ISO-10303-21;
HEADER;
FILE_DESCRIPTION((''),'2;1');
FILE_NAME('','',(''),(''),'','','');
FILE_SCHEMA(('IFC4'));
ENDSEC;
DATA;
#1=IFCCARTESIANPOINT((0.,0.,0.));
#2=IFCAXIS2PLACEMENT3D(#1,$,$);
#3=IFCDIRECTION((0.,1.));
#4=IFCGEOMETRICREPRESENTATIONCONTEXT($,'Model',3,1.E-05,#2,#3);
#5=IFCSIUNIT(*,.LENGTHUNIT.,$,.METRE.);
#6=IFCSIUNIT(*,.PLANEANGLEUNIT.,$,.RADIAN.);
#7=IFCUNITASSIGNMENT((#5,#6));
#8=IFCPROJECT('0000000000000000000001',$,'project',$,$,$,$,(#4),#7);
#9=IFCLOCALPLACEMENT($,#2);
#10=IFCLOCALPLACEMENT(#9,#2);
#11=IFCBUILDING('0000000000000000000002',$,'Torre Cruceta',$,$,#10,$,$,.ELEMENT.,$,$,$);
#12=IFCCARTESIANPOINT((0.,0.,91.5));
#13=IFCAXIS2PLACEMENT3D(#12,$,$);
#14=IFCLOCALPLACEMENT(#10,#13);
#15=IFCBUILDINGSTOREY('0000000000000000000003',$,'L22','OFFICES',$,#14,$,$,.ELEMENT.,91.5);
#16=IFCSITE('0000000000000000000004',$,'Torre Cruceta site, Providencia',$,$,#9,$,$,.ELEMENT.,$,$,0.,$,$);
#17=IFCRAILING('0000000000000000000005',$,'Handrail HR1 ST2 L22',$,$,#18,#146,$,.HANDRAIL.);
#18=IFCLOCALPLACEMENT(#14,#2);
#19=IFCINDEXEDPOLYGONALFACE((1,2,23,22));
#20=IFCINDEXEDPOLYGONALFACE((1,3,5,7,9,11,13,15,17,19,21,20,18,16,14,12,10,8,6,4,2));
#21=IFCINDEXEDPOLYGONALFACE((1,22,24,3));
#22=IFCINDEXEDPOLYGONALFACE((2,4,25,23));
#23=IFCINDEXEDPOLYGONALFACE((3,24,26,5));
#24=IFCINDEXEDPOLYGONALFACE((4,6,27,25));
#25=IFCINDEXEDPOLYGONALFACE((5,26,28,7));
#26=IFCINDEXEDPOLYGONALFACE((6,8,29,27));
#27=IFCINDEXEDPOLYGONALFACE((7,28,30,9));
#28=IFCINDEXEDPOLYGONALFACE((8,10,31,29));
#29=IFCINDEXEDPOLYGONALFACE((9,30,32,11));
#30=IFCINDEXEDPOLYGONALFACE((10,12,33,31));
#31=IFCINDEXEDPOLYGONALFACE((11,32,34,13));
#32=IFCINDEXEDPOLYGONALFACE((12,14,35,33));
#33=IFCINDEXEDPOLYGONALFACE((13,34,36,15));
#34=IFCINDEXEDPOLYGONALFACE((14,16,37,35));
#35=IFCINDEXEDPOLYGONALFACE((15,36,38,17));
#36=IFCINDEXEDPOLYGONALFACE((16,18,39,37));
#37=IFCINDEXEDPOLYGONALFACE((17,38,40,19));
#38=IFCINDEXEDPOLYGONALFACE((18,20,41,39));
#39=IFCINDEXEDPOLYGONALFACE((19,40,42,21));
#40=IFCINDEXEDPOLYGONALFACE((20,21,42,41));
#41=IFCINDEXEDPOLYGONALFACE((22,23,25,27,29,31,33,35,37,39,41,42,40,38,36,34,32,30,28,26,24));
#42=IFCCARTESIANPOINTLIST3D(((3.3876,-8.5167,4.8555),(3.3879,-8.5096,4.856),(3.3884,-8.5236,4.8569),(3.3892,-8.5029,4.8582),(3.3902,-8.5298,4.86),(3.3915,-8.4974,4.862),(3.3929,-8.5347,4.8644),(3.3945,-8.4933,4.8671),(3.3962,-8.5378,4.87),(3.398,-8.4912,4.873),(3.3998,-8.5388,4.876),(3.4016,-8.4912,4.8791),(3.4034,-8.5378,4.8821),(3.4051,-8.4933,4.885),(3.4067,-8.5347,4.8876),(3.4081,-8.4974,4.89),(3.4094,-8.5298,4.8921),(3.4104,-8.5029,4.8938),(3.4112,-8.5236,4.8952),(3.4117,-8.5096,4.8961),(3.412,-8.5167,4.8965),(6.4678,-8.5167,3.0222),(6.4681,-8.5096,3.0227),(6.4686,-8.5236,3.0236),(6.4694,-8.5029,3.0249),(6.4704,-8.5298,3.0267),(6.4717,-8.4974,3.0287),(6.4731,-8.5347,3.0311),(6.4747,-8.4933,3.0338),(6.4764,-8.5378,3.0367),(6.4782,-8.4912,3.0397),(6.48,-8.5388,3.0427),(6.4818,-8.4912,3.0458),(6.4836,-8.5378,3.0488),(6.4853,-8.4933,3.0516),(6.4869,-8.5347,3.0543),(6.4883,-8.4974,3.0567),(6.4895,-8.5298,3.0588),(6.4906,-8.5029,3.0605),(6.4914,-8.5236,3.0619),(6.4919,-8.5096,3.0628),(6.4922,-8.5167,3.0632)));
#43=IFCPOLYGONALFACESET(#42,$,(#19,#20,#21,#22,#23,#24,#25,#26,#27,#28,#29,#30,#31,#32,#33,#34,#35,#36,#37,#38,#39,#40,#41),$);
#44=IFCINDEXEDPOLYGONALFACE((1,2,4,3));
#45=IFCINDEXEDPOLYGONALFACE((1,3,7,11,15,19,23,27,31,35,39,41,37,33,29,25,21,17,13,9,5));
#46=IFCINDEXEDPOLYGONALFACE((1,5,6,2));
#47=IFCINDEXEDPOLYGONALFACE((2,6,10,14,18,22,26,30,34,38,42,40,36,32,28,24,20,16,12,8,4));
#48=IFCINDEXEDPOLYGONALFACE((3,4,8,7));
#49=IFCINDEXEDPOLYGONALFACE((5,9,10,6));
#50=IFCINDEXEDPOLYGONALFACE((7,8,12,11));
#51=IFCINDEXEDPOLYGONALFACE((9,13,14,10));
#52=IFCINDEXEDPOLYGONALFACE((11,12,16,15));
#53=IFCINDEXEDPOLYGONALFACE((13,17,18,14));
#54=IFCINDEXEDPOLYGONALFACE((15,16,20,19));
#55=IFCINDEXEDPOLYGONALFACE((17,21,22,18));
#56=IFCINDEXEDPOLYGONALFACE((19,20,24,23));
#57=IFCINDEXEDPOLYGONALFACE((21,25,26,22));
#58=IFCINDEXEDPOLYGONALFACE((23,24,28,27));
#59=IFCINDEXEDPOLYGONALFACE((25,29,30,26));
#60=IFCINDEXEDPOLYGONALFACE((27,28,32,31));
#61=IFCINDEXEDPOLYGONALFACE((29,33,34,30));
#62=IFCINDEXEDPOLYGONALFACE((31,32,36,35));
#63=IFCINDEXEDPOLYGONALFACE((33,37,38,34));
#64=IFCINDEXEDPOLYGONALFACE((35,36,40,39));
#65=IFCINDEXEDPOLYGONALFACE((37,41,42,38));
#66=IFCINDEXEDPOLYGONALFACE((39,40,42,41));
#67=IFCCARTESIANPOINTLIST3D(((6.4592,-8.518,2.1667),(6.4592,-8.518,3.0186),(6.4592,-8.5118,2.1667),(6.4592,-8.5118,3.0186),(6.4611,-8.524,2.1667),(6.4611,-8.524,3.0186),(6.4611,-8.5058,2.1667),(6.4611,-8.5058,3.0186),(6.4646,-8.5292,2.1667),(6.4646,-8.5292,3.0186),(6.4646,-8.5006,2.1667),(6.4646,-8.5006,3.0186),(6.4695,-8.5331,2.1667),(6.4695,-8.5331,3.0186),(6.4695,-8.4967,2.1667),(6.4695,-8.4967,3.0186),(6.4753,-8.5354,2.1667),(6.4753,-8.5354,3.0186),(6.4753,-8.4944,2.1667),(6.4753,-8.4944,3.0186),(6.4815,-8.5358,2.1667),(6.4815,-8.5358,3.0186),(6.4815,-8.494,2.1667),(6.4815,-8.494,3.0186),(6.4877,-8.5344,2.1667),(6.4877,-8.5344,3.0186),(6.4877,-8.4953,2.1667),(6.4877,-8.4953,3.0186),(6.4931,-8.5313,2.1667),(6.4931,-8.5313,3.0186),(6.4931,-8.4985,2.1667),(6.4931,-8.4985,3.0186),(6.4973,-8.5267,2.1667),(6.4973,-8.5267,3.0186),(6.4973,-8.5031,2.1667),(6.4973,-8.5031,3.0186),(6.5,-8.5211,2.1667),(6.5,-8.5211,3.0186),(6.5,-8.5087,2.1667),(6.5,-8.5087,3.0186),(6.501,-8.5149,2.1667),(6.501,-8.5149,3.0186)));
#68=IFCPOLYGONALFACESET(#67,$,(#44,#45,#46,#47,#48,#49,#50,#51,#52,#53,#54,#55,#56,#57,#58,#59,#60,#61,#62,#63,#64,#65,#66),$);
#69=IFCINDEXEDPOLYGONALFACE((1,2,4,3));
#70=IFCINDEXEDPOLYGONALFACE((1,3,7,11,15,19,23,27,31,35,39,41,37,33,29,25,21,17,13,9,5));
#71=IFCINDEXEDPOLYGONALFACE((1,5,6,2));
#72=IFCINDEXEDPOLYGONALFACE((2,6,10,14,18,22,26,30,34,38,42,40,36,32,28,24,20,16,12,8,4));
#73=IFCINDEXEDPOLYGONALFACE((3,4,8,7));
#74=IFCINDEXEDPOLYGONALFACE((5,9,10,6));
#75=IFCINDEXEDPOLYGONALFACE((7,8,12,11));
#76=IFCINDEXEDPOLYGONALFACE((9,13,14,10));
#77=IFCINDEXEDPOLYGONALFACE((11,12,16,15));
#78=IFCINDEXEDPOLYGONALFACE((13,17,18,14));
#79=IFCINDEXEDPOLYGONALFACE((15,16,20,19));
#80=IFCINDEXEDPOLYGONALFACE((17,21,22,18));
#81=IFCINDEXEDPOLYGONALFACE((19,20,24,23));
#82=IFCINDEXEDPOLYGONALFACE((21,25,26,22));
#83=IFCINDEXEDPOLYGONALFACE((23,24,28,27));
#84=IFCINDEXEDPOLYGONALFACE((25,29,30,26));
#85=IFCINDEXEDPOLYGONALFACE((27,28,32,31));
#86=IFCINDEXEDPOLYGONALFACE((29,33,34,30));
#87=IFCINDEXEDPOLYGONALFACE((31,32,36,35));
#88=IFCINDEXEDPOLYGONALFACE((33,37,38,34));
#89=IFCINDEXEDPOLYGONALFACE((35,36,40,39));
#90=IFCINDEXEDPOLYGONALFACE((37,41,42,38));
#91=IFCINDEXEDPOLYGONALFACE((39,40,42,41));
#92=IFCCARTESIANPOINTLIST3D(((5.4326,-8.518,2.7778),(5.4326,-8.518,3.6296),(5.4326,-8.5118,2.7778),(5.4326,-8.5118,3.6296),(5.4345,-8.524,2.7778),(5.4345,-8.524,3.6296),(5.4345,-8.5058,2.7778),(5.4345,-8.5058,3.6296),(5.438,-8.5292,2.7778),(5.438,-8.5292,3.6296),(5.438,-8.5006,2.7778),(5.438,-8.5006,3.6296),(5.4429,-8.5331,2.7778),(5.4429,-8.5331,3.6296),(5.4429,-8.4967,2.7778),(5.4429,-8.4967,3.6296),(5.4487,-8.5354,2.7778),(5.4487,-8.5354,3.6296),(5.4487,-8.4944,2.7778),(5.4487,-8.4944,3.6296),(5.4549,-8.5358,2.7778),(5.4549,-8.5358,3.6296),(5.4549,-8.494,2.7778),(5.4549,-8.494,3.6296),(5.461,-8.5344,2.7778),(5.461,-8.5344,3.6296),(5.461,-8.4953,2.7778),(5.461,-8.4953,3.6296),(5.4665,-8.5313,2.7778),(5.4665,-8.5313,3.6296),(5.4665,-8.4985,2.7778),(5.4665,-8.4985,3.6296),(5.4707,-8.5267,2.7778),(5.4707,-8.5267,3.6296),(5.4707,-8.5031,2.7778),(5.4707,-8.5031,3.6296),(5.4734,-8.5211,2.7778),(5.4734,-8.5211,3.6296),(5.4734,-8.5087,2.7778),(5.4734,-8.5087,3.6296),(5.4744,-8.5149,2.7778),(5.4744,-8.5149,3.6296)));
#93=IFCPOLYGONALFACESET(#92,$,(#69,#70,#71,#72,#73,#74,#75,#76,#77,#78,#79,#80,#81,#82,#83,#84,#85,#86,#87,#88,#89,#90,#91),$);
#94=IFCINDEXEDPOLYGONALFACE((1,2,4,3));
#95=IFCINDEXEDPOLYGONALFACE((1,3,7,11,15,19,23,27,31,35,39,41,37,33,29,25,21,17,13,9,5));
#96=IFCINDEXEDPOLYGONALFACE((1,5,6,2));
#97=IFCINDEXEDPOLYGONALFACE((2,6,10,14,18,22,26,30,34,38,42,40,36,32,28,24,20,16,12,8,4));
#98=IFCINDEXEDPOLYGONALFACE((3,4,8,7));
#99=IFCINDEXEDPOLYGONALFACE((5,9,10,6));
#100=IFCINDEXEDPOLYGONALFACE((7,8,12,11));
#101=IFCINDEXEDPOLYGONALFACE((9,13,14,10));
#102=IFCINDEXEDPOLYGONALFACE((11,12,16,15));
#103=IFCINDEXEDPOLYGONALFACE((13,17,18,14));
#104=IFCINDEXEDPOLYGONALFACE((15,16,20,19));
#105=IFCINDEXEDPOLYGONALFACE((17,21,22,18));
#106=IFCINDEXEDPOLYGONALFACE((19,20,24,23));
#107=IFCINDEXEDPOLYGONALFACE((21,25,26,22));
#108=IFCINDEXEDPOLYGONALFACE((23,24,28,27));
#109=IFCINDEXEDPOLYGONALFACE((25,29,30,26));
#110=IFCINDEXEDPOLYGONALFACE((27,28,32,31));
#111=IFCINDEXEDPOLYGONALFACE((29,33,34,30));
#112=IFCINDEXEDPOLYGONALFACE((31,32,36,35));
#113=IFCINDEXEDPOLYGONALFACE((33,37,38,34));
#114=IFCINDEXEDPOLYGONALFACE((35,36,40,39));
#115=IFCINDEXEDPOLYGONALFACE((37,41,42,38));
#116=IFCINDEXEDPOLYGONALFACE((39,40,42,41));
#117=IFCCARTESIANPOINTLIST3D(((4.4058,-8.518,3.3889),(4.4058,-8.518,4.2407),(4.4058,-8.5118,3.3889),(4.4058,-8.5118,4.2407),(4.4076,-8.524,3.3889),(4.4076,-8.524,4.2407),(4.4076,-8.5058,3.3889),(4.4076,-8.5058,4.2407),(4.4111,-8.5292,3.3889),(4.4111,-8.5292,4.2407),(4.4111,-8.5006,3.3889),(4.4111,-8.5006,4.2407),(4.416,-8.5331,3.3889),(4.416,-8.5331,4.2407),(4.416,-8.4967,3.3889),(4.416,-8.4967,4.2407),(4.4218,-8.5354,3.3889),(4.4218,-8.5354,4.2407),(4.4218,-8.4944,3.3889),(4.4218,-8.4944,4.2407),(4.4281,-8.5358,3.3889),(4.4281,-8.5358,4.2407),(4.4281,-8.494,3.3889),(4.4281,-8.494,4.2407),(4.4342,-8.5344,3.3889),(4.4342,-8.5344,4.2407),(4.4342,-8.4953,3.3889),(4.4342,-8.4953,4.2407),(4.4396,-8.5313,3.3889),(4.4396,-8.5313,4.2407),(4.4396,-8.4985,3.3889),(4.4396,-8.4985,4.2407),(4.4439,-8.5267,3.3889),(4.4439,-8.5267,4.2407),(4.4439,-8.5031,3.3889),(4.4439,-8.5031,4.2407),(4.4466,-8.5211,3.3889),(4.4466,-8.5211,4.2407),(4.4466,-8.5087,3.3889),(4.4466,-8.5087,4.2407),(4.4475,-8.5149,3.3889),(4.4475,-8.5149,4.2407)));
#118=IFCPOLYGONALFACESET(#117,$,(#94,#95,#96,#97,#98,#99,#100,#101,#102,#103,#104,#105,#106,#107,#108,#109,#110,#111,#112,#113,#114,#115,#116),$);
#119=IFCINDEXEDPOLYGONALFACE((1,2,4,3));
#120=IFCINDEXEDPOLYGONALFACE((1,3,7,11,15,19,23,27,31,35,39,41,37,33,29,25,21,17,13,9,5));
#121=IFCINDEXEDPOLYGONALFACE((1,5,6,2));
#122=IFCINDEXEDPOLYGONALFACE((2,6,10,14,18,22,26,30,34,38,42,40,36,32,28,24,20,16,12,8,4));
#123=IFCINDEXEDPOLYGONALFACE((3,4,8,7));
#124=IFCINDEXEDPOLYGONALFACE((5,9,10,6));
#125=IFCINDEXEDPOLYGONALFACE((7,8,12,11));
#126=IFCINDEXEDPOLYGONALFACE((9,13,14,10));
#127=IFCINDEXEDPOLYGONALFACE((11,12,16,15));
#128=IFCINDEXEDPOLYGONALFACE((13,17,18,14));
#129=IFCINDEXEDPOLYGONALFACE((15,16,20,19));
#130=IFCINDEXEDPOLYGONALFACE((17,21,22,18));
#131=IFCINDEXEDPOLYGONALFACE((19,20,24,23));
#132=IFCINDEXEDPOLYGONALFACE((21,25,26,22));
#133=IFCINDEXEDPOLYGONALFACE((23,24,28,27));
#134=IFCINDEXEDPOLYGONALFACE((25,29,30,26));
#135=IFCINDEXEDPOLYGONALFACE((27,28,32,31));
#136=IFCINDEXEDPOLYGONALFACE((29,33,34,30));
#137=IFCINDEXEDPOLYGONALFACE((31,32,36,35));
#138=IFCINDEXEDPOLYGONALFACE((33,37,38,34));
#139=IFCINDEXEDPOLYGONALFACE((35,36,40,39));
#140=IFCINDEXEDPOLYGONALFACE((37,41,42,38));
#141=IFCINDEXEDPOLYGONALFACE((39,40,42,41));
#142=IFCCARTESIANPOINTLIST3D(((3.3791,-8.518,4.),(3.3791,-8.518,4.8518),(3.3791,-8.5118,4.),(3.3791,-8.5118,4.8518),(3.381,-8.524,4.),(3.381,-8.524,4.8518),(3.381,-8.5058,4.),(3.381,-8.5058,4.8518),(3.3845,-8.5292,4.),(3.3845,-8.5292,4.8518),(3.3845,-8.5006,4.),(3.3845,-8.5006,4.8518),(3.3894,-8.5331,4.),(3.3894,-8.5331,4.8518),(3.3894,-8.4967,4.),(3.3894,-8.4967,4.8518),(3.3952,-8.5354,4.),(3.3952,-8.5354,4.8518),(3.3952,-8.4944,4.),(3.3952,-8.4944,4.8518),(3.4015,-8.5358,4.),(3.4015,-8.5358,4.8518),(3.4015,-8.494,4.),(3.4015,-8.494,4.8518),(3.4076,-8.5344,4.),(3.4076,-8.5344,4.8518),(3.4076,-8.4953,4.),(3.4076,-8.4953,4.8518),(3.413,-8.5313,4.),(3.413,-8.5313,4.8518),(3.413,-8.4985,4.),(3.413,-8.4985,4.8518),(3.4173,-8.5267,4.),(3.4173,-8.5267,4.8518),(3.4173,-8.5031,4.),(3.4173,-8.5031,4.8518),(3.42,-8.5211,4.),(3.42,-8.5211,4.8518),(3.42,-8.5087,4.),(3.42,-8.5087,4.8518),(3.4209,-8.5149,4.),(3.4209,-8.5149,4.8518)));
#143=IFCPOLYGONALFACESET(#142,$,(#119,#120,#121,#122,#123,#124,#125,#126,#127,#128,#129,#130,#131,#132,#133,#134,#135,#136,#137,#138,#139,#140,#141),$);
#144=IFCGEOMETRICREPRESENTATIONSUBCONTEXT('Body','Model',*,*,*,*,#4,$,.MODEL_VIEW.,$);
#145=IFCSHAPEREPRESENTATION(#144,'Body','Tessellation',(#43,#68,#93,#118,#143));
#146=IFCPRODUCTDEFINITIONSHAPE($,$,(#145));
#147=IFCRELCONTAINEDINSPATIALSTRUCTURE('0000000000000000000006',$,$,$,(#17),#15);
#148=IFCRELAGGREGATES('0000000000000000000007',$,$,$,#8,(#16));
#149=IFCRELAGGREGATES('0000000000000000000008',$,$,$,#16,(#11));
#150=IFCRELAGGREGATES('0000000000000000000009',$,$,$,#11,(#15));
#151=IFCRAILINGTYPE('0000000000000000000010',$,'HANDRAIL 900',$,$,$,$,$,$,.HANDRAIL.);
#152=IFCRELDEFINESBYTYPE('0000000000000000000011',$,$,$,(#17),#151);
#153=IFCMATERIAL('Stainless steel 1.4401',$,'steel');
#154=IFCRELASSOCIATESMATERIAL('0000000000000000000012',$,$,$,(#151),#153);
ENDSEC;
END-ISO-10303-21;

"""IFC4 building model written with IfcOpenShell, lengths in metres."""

from ifc_helpers import new_model, si_unit, direction, frame, origin, origin_2d, place, context, subcontext, project, spatial, circle, extrude, material, type_object, element, save


model = new_model("IFC4")

# Units and contexts
model_context = context("Model", 3, precision=1e-05, world=origin(), true_north=direction((0.0, 1.0)))
body_context = subcontext(model_context, "Body", "Model", "MODEL_VIEW")
ifc_project = project(units=[si_unit("LENGTHUNIT", "METRE"), si_unit("PLANEANGLEUNIT", "RADIAN")], contexts=[model_context])

# Site, building, storey
site_placement = place(None, origin())
site = spatial("IfcSite", under=ifc_project, at=site_placement, Name="Torre Cruceta site, Providencia", CompositionType="ELEMENT", RefElevation=0.0)
building_placement = place(site_placement, origin())
building = spatial("IfcBuilding", under=site, at=building_placement, Name="Torre Cruceta", CompositionType="ELEMENT")
storey_placement = place(building_placement, frame((0.0, 0.0, 91.5)))
storey = spatial("IfcBuildingStorey", under=building, at=storey_placement, Name="L22", Description="OFFICES", CompositionType="ELEMENT", Elevation=91.5)

# Railing
ifc_material_1 = material(Name="Stainless steel 1.4401", Category="steel")
railing_type = type_object("IfcRailingType", Name="HANDRAIL 900", PredefinedType="HANDRAIL", material=ifc_material_1)
railing_placement = place(storey_placement, frame((6.48, -8.5149, 2.1667)))
element("IfcRailing", 1, at=railing_placement, inside=storey, type_object=railing_type, Name="Handrail HR1 ST2 L22", PredefinedType="HANDRAIL", context=body_context, shape_type="SweptSolid", body=[
    extrude(circle(Radius=0.0239, at=origin_2d()), frame((0.0, 0.0, 0.876), z_axis=(-0.859309, 0.0, 0.511458), x_axis=(0.0, -1.0, 0.0)), (0.0, 0.0, 1.0), 3.5845),
    extrude(circle(Radius=0.021, at=origin_2d()), origin(), (0.0, 0.0, 1.0), 0.8518),
    extrude(circle(Radius=0.021, at=origin_2d()), frame((-1.0266, 0.0, 0.6111)), (0.0, 0.0, 1.0), 0.8518),
    extrude(circle(Radius=0.021, at=origin_2d()), frame((-2.0535, 0.0, 1.2222)), (0.0, 0.0, 1.0), 0.8518),
    extrude(circle(Radius=0.021, at=origin_2d()), frame((-3.0801, 0.0, 1.8333)), (0.0, 0.0, 1.0), 0.8518),
])

save(model, "model.ifc")
